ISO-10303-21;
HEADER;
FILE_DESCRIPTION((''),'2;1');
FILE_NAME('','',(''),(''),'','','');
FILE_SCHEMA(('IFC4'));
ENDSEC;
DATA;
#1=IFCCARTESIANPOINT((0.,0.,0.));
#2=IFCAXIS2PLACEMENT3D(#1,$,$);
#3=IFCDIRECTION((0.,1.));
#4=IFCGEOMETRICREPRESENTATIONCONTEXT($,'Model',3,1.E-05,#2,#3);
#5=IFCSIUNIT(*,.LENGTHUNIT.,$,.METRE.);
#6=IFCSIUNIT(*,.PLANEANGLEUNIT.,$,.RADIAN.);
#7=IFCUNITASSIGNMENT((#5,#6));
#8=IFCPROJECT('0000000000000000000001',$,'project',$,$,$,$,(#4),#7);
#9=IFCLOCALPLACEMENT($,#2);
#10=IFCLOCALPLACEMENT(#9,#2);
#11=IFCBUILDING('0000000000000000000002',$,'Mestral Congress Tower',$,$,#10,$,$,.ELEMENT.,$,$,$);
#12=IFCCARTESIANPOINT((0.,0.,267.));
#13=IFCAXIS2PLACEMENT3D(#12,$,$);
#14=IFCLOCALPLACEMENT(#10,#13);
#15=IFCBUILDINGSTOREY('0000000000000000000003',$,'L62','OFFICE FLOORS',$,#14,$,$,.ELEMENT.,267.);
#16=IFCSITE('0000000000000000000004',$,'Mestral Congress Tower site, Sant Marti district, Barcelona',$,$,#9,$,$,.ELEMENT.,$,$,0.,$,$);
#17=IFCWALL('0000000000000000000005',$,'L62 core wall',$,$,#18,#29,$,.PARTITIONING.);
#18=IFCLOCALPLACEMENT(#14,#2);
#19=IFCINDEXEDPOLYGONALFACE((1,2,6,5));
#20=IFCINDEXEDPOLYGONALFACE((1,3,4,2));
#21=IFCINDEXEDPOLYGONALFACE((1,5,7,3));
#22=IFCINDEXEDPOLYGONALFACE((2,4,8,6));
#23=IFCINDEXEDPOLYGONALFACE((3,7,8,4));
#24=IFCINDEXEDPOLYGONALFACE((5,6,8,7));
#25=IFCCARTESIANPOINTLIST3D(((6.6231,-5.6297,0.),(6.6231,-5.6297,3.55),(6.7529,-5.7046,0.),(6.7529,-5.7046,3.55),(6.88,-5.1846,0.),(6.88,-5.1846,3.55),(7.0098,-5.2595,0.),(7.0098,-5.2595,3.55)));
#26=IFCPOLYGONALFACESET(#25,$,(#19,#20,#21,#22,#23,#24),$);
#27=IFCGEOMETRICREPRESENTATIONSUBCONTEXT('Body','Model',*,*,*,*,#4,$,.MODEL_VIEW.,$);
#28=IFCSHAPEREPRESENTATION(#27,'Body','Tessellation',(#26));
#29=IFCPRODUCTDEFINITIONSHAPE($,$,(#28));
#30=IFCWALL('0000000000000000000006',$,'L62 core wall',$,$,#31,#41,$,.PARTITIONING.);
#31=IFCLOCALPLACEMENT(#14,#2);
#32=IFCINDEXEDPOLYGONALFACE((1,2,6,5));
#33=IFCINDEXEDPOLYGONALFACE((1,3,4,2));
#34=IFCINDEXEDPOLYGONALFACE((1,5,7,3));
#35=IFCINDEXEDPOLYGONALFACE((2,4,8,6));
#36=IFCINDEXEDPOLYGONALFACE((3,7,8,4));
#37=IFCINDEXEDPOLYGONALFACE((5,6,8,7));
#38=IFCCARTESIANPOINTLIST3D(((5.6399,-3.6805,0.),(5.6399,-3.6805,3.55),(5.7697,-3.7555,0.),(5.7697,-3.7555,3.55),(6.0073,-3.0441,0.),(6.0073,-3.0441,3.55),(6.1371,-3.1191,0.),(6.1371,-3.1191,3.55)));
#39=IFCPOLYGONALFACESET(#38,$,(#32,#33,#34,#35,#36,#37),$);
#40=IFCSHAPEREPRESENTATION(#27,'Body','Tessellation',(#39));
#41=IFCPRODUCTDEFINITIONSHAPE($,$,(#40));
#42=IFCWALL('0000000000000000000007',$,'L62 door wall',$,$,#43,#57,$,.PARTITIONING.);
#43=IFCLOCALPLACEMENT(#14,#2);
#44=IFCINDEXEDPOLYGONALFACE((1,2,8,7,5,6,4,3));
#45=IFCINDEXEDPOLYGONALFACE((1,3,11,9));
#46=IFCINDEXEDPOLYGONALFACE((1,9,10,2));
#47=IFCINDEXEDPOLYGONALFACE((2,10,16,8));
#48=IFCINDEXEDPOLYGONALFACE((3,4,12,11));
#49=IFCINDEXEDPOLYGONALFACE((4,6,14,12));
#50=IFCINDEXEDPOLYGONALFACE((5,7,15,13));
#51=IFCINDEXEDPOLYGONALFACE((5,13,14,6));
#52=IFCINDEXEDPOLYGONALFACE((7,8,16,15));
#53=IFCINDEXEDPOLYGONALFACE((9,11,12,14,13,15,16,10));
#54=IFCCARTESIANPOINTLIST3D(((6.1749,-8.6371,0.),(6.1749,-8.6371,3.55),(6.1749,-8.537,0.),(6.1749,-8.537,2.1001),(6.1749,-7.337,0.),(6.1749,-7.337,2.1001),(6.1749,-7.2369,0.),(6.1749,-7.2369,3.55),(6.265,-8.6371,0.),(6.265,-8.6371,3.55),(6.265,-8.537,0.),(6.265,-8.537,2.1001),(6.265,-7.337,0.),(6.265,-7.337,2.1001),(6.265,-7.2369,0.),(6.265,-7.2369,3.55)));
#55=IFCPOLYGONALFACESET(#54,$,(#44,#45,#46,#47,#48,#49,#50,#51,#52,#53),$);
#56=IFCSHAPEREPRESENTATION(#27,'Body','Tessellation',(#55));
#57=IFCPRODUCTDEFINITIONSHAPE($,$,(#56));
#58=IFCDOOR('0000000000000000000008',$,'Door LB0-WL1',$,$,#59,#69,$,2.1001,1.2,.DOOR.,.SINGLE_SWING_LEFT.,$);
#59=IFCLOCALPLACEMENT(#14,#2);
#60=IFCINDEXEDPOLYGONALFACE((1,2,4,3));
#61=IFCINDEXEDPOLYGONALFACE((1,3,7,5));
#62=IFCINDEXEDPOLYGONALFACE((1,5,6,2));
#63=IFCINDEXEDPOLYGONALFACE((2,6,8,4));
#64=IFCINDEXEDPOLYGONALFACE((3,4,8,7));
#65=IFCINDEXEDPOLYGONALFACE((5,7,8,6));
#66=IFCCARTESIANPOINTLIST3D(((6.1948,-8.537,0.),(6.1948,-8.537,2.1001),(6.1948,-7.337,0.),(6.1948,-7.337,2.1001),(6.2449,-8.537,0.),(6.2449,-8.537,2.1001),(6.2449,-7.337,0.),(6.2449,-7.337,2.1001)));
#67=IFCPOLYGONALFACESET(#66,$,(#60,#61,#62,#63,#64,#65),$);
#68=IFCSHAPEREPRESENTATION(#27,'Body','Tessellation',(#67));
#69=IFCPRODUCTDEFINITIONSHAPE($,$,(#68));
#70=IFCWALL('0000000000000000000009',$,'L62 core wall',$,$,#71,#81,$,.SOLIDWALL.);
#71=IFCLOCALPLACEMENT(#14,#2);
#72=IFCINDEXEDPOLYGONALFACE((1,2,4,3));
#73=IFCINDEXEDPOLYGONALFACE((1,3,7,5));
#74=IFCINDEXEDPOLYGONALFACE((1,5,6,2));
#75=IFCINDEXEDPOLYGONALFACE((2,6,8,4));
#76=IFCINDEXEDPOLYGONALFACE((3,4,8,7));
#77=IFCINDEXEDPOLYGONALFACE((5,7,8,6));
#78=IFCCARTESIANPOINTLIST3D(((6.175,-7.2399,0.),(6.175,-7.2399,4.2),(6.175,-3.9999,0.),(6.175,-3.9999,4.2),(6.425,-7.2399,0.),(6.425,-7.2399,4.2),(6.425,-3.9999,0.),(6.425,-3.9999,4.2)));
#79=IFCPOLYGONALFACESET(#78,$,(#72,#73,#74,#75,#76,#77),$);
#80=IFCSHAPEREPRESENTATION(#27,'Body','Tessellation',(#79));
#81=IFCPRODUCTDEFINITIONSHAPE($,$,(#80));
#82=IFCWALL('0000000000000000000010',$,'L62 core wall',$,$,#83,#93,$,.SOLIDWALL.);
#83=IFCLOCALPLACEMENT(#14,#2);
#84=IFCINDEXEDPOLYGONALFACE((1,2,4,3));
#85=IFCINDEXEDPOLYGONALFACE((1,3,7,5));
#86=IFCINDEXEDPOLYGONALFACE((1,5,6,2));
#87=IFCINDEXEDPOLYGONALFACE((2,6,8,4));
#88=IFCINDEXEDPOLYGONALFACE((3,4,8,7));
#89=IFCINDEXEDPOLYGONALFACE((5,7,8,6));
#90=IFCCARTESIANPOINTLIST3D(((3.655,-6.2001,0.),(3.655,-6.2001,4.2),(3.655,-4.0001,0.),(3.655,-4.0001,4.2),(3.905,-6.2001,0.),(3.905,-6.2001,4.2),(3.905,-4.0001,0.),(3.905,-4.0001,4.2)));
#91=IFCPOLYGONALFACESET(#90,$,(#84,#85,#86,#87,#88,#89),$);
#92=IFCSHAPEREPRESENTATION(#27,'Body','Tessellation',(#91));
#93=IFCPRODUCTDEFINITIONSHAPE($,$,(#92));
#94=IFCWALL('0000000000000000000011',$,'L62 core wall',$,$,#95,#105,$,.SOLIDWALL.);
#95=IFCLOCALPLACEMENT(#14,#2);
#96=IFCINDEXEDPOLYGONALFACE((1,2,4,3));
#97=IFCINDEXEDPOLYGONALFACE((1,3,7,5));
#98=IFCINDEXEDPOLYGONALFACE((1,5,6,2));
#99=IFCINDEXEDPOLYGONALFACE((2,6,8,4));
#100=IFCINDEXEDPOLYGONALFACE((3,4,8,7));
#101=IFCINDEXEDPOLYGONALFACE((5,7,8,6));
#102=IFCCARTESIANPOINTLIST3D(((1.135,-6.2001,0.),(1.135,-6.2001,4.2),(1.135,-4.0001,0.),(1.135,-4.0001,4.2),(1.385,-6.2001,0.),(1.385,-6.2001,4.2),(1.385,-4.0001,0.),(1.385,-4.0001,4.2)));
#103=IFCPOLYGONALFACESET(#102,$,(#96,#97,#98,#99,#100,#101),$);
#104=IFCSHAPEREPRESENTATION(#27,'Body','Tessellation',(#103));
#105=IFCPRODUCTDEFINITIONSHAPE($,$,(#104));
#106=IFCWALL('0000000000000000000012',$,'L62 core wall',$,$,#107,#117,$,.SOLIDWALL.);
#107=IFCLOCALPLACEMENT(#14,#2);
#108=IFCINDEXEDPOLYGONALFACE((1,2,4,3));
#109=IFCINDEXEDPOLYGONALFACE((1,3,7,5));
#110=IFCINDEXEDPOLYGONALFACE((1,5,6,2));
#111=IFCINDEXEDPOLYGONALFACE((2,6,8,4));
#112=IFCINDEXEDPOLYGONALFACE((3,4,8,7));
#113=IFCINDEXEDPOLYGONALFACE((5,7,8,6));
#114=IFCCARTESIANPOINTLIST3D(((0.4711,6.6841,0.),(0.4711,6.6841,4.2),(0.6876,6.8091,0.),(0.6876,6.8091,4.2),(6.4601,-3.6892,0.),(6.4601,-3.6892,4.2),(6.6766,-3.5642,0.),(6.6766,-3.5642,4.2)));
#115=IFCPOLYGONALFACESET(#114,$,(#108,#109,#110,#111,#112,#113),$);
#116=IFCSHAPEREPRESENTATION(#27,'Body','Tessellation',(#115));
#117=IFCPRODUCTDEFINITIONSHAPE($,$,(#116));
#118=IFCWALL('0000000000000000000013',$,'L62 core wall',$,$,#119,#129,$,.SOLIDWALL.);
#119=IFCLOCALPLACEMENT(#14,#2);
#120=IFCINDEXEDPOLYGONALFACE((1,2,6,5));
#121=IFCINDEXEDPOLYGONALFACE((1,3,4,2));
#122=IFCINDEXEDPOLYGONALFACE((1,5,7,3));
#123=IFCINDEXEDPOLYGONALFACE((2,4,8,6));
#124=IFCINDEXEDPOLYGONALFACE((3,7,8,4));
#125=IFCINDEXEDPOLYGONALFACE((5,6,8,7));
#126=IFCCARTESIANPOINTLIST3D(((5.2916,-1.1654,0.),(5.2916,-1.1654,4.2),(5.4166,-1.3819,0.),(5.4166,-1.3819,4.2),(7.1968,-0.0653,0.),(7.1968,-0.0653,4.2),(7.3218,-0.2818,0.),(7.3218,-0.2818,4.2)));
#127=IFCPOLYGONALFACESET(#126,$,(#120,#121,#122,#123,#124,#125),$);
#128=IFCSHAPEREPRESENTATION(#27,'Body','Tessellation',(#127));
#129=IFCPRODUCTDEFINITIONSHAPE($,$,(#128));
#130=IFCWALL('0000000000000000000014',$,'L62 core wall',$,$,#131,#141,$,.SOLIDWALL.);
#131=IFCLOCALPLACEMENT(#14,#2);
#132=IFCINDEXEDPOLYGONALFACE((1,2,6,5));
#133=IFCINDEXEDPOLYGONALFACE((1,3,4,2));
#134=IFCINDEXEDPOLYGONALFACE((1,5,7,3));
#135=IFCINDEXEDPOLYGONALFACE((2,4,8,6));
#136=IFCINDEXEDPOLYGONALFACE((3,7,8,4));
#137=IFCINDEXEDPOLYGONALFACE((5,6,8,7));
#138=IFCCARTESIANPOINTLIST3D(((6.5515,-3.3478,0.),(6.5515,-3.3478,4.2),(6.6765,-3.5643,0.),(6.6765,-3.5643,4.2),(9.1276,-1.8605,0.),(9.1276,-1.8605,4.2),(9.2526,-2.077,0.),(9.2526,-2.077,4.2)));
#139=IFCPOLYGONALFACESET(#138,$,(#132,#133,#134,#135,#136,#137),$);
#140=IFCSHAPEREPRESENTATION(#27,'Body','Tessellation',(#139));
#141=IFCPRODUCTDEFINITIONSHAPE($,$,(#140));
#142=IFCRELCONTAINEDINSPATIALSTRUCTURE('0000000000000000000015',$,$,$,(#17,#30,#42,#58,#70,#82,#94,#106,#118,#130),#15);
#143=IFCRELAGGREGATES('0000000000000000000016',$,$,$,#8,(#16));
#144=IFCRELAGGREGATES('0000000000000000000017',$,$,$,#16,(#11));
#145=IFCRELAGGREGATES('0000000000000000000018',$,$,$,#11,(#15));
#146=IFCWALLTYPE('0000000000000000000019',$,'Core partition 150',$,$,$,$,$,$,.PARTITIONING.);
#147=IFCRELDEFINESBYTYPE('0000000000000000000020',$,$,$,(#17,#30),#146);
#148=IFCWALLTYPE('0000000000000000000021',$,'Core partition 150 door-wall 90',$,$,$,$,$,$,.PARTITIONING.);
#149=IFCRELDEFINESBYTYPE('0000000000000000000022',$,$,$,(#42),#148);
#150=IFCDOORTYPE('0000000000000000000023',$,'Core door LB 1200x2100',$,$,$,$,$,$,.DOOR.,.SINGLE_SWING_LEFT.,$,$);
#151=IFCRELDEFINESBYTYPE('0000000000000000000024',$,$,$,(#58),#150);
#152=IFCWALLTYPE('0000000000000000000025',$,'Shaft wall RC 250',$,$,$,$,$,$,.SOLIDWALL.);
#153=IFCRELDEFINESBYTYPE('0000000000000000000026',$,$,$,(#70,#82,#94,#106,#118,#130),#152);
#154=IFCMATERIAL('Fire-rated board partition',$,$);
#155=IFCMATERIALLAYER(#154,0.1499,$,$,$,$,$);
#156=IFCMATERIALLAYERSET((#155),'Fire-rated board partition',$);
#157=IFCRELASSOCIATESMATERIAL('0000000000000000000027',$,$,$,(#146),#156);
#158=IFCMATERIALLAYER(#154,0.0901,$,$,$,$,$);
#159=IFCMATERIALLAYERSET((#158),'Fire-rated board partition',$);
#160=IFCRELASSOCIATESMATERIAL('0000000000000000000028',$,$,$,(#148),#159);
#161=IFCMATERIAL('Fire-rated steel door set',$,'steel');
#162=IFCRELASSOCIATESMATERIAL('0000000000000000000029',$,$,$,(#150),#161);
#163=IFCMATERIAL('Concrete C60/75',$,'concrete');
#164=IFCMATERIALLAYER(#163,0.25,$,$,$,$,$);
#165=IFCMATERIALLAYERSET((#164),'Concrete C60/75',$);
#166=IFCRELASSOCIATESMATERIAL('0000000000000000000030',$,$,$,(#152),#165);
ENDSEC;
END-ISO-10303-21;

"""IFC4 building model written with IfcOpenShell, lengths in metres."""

from ifc_helpers import new_model, si_unit, direction, frame, frame_2d, origin, place, context, subcontext, project, spatial, rectangle, extrude, material, layer, layer_set, type_object, element, fill, save


model = new_model("IFC4")

# Units and contexts
model_context = context("Model", 3, precision=1e-05, world=origin(), true_north=direction((0.0, 1.0)))
body_context = subcontext(model_context, "Body", "Model", "MODEL_VIEW")
ifc_project = project(units=[si_unit("LENGTHUNIT", "METRE"), si_unit("PLANEANGLEUNIT", "RADIAN")], contexts=[model_context])

# Site, building, storey
site_placement = place(None, origin())
site = spatial("IfcSite", under=ifc_project, at=site_placement, Name="Mestral Congress Tower site, Sant Marti district, Barcelona", CompositionType="ELEMENT", RefElevation=0.0)
building_placement = place(site_placement, origin())
building = spatial("IfcBuilding", under=site, at=building_placement, Name="Mestral Congress Tower", CompositionType="ELEMENT")
storey_placement = place(building_placement, frame((0.0, 0.0, 267.0)))
storey = spatial("IfcBuildingStorey", under=building, at=storey_placement, Name="L62", Description="OFFICE FLOORS", CompositionType="ELEMENT", Elevation=267.0)

# Walls
ifc_material_1 = material(Name="Fire-rated board partition")
ifc_layer_1 = layer(ifc_material_1, 0.1499)
ifc_layer_set_1 = layer_set([ifc_layer_1], Name="Fire-rated board partition")
wall_type_1 = type_object("IfcWallType", Name="Core partition 150", PredefinedType="PARTITIONING", material=ifc_layer_set_1)
wall_1_placement = place(storey_placement, frame((6.9448, -5.2222, 0.0), z_axis=(0.0, 0.0, 1.0), x_axis=(-0.499818, -0.86613, 0.0)))
element("IfcWall", 1, at=wall_1_placement, inside=storey, type_object=wall_type_1, Name="L62 core wall", PredefinedType="PARTITIONING", context=body_context, shape_type="SweptSolid", body=[
    extrude(rectangle(XDim=0.5139, YDim=0.1499, at=frame_2d((0.2568, 0.0))), origin(), (0.0, 0.0, 1.0), 3.55),
])
wall_2_placement = place(storey_placement, frame((5.7048, -3.718, 0.0), z_axis=(0.0, 0.0, 1.0), x_axis=(0.499962, 0.866047, 0.0)))
element("IfcWall", 2, at=wall_2_placement, inside=storey, type_object=wall_type_1, Name="L62 core wall", PredefinedType="PARTITIONING", context=body_context, shape_type="SweptSolid", body=[
    extrude(rectangle(XDim=0.7349, YDim=0.1499, at=frame_2d((0.3674, 0.0))), origin(), (0.0, 0.0, 1.0), 3.55),
])

# Wall, opening, door
ifc_layer_2 = layer(ifc_material_1, 0.0901)
ifc_layer_set_2 = layer_set([ifc_layer_2], Name="Fire-rated board partition")
wall_type_2 = type_object("IfcWallType", Name="Core partition 150 door-wall 90", PredefinedType="PARTITIONING", material=ifc_layer_set_2)
wall_3_placement = place(storey_placement, frame((6.22, -7.2368, 0.0), z_axis=(0.0, 0.0, 1.0), x_axis=(0.0, -1.0, 0.0)))
wall_3 = element("IfcWall", 3, at=wall_3_placement, inside=storey, type_object=wall_type_2, Name="L62 door wall", PredefinedType="PARTITIONING", context=body_context, shape_type="SweptSolid", body=[
    extrude(rectangle(XDim=1.4001, YDim=0.0901, at=frame_2d((0.7002, 0.0))), origin(), (0.0, 0.0, 1.0), 3.55),
])
opening_1_placement = place(wall_3_placement, frame((0.1001, 0.0, 0.0)))
opening_1 = element("IfcOpeningElement", 4, at=opening_1_placement, cuts=wall_3, PredefinedType="OPENING", context=body_context, shape_type="SweptSolid", body=[
    extrude(rectangle(XDim=1.2, YDim=2.1001, at=frame_2d((0.6001, 1.05))), frame((0.0, 0.0549, 0.0), z_axis=(0.0, -1.0, 0.0), x_axis=(1.0, 0.0, 0.0)), (0.0, 0.0, 1.0), 0.1101),
])
ifc_material_2 = material(Name="Fire-rated steel door set", Category="steel")
door_type_1 = type_object("IfcDoorType", Name="Core door LB 1200x2100", OperationType="SINGLE_SWING_LEFT", PredefinedType="DOOR", material=ifc_material_2)
door_1_placement = place(opening_1_placement, origin())
door_1 = element("IfcDoor", 5, at=door_1_placement, inside=storey, type_object=door_type_1, Name="Door LB0-WL1", OperationType="SINGLE_SWING_LEFT", OverallHeight=2.1001, OverallWidth=1.2, PredefinedType="DOOR", context=body_context, shape_type="SweptSolid", body=[
    extrude(rectangle(XDim=1.2, YDim=2.1001, at=frame_2d((0.6001, 1.05))), frame((0.0, 0.0249, 0.0), z_axis=(0.0, -1.0, 0.0), x_axis=(1.0, 0.0, 0.0)), (0.0, 0.0, 1.0), 0.05),
])
fill(opening_1, door_1)

# Walls
ifc_material_3 = material(Name="Concrete C60/75", Category="concrete")
ifc_layer_3 = layer(ifc_material_3, 0.25)
ifc_layer_set_3 = layer_set([ifc_layer_3], Name="Concrete C60/75")
wall_type_3 = type_object("IfcWallType", Name="Shaft wall RC 250", PredefinedType="SOLIDWALL", material=ifc_layer_set_3)
wall_4_placement = place(storey_placement, frame((6.3, -7.24, 0.0), z_axis=(0.0, 0.0, 1.0), x_axis=(0.0, 1.0, 0.0)))
element("IfcWall", 6, at=wall_4_placement, inside=storey, type_object=wall_type_3, Name="L62 core wall", PredefinedType="SOLIDWALL", context=body_context, shape_type="SweptSolid", body=[
    extrude(rectangle(XDim=3.24, YDim=0.25, at=frame_2d((1.6201, 0.0))), origin(), (0.0, 0.0, 1.0), 4.2),
])
for number, where, z_axis, x_axis, name in (
    (7, (3.78, -4.0, 0.0), (0.0, 0.0, 1.0), (0.0, -1.0, 0.0), "L62 core wall"),
    (8, (1.26, -4.0, 0.0), (0.0, 0.0, 1.0), (0.0, -1.0, 0.0), "L62 core wall"),
):
    element("IfcWall", number, at=place(storey_placement, frame(where, z_axis=z_axis, x_axis=x_axis)), inside=storey, type_object=wall_type_3, Name=name, PredefinedType="SOLIDWALL", context=body_context, shape_type="SweptSolid", body=[
        extrude(rectangle(XDim=2.2, YDim=0.25, at=frame_2d((1.1001, 0.0))), origin(), (0.0, 0.0, 1.0), 4.2),
    ])
wall_5_placement = place(storey_placement, frame((6.5684, -3.6267, 0.0), z_axis=(0.0, 0.0, 1.0), x_axis=(-0.499999, 0.866026, 0.0)))
element("IfcWall", 9, at=wall_5_placement, inside=storey, type_object=wall_type_3, Name="L62 core wall", PredefinedType="SOLIDWALL", context=body_context, shape_type="SweptSolid", body=[
    extrude(rectangle(XDim=11.978, YDim=0.25, at=frame_2d((5.989, 0.0))), origin(), (0.0, 0.0, 1.0), 4.2),
])
wall_6_placement = place(storey_placement, frame((5.354, -1.2737, 0.0), z_axis=(0.0, 0.0, 1.0), x_axis=(0.866008, 0.50003, 0.0)))
element("IfcWall", 10, at=wall_6_placement, inside=storey, type_object=wall_type_3, Name="L62 core wall", PredefinedType="SOLIDWALL", context=body_context, shape_type="SweptSolid", body=[
    extrude(rectangle(XDim=2.2, YDim=0.25, at=frame_2d((1.1001, 0.0))), origin(), (0.0, 0.0, 1.0), 4.2),
])
wall_7_placement = place(storey_placement, frame((6.614, -3.4561, 0.0), z_axis=(0.0, 0.0, 1.0), x_axis=(0.866033, 0.499988, 0.0)))
element("IfcWall", 11, at=wall_7_placement, inside=storey, type_object=wall_type_3, Name="L62 core wall", PredefinedType="SOLIDWALL", context=body_context, shape_type="SweptSolid", body=[
    extrude(rectangle(XDim=2.9746, YDim=0.25, at=frame_2d((1.4873, 0.0))), origin(), (0.0, 0.0, 1.0), 4.2),
])

save(model, "model.ifc")
